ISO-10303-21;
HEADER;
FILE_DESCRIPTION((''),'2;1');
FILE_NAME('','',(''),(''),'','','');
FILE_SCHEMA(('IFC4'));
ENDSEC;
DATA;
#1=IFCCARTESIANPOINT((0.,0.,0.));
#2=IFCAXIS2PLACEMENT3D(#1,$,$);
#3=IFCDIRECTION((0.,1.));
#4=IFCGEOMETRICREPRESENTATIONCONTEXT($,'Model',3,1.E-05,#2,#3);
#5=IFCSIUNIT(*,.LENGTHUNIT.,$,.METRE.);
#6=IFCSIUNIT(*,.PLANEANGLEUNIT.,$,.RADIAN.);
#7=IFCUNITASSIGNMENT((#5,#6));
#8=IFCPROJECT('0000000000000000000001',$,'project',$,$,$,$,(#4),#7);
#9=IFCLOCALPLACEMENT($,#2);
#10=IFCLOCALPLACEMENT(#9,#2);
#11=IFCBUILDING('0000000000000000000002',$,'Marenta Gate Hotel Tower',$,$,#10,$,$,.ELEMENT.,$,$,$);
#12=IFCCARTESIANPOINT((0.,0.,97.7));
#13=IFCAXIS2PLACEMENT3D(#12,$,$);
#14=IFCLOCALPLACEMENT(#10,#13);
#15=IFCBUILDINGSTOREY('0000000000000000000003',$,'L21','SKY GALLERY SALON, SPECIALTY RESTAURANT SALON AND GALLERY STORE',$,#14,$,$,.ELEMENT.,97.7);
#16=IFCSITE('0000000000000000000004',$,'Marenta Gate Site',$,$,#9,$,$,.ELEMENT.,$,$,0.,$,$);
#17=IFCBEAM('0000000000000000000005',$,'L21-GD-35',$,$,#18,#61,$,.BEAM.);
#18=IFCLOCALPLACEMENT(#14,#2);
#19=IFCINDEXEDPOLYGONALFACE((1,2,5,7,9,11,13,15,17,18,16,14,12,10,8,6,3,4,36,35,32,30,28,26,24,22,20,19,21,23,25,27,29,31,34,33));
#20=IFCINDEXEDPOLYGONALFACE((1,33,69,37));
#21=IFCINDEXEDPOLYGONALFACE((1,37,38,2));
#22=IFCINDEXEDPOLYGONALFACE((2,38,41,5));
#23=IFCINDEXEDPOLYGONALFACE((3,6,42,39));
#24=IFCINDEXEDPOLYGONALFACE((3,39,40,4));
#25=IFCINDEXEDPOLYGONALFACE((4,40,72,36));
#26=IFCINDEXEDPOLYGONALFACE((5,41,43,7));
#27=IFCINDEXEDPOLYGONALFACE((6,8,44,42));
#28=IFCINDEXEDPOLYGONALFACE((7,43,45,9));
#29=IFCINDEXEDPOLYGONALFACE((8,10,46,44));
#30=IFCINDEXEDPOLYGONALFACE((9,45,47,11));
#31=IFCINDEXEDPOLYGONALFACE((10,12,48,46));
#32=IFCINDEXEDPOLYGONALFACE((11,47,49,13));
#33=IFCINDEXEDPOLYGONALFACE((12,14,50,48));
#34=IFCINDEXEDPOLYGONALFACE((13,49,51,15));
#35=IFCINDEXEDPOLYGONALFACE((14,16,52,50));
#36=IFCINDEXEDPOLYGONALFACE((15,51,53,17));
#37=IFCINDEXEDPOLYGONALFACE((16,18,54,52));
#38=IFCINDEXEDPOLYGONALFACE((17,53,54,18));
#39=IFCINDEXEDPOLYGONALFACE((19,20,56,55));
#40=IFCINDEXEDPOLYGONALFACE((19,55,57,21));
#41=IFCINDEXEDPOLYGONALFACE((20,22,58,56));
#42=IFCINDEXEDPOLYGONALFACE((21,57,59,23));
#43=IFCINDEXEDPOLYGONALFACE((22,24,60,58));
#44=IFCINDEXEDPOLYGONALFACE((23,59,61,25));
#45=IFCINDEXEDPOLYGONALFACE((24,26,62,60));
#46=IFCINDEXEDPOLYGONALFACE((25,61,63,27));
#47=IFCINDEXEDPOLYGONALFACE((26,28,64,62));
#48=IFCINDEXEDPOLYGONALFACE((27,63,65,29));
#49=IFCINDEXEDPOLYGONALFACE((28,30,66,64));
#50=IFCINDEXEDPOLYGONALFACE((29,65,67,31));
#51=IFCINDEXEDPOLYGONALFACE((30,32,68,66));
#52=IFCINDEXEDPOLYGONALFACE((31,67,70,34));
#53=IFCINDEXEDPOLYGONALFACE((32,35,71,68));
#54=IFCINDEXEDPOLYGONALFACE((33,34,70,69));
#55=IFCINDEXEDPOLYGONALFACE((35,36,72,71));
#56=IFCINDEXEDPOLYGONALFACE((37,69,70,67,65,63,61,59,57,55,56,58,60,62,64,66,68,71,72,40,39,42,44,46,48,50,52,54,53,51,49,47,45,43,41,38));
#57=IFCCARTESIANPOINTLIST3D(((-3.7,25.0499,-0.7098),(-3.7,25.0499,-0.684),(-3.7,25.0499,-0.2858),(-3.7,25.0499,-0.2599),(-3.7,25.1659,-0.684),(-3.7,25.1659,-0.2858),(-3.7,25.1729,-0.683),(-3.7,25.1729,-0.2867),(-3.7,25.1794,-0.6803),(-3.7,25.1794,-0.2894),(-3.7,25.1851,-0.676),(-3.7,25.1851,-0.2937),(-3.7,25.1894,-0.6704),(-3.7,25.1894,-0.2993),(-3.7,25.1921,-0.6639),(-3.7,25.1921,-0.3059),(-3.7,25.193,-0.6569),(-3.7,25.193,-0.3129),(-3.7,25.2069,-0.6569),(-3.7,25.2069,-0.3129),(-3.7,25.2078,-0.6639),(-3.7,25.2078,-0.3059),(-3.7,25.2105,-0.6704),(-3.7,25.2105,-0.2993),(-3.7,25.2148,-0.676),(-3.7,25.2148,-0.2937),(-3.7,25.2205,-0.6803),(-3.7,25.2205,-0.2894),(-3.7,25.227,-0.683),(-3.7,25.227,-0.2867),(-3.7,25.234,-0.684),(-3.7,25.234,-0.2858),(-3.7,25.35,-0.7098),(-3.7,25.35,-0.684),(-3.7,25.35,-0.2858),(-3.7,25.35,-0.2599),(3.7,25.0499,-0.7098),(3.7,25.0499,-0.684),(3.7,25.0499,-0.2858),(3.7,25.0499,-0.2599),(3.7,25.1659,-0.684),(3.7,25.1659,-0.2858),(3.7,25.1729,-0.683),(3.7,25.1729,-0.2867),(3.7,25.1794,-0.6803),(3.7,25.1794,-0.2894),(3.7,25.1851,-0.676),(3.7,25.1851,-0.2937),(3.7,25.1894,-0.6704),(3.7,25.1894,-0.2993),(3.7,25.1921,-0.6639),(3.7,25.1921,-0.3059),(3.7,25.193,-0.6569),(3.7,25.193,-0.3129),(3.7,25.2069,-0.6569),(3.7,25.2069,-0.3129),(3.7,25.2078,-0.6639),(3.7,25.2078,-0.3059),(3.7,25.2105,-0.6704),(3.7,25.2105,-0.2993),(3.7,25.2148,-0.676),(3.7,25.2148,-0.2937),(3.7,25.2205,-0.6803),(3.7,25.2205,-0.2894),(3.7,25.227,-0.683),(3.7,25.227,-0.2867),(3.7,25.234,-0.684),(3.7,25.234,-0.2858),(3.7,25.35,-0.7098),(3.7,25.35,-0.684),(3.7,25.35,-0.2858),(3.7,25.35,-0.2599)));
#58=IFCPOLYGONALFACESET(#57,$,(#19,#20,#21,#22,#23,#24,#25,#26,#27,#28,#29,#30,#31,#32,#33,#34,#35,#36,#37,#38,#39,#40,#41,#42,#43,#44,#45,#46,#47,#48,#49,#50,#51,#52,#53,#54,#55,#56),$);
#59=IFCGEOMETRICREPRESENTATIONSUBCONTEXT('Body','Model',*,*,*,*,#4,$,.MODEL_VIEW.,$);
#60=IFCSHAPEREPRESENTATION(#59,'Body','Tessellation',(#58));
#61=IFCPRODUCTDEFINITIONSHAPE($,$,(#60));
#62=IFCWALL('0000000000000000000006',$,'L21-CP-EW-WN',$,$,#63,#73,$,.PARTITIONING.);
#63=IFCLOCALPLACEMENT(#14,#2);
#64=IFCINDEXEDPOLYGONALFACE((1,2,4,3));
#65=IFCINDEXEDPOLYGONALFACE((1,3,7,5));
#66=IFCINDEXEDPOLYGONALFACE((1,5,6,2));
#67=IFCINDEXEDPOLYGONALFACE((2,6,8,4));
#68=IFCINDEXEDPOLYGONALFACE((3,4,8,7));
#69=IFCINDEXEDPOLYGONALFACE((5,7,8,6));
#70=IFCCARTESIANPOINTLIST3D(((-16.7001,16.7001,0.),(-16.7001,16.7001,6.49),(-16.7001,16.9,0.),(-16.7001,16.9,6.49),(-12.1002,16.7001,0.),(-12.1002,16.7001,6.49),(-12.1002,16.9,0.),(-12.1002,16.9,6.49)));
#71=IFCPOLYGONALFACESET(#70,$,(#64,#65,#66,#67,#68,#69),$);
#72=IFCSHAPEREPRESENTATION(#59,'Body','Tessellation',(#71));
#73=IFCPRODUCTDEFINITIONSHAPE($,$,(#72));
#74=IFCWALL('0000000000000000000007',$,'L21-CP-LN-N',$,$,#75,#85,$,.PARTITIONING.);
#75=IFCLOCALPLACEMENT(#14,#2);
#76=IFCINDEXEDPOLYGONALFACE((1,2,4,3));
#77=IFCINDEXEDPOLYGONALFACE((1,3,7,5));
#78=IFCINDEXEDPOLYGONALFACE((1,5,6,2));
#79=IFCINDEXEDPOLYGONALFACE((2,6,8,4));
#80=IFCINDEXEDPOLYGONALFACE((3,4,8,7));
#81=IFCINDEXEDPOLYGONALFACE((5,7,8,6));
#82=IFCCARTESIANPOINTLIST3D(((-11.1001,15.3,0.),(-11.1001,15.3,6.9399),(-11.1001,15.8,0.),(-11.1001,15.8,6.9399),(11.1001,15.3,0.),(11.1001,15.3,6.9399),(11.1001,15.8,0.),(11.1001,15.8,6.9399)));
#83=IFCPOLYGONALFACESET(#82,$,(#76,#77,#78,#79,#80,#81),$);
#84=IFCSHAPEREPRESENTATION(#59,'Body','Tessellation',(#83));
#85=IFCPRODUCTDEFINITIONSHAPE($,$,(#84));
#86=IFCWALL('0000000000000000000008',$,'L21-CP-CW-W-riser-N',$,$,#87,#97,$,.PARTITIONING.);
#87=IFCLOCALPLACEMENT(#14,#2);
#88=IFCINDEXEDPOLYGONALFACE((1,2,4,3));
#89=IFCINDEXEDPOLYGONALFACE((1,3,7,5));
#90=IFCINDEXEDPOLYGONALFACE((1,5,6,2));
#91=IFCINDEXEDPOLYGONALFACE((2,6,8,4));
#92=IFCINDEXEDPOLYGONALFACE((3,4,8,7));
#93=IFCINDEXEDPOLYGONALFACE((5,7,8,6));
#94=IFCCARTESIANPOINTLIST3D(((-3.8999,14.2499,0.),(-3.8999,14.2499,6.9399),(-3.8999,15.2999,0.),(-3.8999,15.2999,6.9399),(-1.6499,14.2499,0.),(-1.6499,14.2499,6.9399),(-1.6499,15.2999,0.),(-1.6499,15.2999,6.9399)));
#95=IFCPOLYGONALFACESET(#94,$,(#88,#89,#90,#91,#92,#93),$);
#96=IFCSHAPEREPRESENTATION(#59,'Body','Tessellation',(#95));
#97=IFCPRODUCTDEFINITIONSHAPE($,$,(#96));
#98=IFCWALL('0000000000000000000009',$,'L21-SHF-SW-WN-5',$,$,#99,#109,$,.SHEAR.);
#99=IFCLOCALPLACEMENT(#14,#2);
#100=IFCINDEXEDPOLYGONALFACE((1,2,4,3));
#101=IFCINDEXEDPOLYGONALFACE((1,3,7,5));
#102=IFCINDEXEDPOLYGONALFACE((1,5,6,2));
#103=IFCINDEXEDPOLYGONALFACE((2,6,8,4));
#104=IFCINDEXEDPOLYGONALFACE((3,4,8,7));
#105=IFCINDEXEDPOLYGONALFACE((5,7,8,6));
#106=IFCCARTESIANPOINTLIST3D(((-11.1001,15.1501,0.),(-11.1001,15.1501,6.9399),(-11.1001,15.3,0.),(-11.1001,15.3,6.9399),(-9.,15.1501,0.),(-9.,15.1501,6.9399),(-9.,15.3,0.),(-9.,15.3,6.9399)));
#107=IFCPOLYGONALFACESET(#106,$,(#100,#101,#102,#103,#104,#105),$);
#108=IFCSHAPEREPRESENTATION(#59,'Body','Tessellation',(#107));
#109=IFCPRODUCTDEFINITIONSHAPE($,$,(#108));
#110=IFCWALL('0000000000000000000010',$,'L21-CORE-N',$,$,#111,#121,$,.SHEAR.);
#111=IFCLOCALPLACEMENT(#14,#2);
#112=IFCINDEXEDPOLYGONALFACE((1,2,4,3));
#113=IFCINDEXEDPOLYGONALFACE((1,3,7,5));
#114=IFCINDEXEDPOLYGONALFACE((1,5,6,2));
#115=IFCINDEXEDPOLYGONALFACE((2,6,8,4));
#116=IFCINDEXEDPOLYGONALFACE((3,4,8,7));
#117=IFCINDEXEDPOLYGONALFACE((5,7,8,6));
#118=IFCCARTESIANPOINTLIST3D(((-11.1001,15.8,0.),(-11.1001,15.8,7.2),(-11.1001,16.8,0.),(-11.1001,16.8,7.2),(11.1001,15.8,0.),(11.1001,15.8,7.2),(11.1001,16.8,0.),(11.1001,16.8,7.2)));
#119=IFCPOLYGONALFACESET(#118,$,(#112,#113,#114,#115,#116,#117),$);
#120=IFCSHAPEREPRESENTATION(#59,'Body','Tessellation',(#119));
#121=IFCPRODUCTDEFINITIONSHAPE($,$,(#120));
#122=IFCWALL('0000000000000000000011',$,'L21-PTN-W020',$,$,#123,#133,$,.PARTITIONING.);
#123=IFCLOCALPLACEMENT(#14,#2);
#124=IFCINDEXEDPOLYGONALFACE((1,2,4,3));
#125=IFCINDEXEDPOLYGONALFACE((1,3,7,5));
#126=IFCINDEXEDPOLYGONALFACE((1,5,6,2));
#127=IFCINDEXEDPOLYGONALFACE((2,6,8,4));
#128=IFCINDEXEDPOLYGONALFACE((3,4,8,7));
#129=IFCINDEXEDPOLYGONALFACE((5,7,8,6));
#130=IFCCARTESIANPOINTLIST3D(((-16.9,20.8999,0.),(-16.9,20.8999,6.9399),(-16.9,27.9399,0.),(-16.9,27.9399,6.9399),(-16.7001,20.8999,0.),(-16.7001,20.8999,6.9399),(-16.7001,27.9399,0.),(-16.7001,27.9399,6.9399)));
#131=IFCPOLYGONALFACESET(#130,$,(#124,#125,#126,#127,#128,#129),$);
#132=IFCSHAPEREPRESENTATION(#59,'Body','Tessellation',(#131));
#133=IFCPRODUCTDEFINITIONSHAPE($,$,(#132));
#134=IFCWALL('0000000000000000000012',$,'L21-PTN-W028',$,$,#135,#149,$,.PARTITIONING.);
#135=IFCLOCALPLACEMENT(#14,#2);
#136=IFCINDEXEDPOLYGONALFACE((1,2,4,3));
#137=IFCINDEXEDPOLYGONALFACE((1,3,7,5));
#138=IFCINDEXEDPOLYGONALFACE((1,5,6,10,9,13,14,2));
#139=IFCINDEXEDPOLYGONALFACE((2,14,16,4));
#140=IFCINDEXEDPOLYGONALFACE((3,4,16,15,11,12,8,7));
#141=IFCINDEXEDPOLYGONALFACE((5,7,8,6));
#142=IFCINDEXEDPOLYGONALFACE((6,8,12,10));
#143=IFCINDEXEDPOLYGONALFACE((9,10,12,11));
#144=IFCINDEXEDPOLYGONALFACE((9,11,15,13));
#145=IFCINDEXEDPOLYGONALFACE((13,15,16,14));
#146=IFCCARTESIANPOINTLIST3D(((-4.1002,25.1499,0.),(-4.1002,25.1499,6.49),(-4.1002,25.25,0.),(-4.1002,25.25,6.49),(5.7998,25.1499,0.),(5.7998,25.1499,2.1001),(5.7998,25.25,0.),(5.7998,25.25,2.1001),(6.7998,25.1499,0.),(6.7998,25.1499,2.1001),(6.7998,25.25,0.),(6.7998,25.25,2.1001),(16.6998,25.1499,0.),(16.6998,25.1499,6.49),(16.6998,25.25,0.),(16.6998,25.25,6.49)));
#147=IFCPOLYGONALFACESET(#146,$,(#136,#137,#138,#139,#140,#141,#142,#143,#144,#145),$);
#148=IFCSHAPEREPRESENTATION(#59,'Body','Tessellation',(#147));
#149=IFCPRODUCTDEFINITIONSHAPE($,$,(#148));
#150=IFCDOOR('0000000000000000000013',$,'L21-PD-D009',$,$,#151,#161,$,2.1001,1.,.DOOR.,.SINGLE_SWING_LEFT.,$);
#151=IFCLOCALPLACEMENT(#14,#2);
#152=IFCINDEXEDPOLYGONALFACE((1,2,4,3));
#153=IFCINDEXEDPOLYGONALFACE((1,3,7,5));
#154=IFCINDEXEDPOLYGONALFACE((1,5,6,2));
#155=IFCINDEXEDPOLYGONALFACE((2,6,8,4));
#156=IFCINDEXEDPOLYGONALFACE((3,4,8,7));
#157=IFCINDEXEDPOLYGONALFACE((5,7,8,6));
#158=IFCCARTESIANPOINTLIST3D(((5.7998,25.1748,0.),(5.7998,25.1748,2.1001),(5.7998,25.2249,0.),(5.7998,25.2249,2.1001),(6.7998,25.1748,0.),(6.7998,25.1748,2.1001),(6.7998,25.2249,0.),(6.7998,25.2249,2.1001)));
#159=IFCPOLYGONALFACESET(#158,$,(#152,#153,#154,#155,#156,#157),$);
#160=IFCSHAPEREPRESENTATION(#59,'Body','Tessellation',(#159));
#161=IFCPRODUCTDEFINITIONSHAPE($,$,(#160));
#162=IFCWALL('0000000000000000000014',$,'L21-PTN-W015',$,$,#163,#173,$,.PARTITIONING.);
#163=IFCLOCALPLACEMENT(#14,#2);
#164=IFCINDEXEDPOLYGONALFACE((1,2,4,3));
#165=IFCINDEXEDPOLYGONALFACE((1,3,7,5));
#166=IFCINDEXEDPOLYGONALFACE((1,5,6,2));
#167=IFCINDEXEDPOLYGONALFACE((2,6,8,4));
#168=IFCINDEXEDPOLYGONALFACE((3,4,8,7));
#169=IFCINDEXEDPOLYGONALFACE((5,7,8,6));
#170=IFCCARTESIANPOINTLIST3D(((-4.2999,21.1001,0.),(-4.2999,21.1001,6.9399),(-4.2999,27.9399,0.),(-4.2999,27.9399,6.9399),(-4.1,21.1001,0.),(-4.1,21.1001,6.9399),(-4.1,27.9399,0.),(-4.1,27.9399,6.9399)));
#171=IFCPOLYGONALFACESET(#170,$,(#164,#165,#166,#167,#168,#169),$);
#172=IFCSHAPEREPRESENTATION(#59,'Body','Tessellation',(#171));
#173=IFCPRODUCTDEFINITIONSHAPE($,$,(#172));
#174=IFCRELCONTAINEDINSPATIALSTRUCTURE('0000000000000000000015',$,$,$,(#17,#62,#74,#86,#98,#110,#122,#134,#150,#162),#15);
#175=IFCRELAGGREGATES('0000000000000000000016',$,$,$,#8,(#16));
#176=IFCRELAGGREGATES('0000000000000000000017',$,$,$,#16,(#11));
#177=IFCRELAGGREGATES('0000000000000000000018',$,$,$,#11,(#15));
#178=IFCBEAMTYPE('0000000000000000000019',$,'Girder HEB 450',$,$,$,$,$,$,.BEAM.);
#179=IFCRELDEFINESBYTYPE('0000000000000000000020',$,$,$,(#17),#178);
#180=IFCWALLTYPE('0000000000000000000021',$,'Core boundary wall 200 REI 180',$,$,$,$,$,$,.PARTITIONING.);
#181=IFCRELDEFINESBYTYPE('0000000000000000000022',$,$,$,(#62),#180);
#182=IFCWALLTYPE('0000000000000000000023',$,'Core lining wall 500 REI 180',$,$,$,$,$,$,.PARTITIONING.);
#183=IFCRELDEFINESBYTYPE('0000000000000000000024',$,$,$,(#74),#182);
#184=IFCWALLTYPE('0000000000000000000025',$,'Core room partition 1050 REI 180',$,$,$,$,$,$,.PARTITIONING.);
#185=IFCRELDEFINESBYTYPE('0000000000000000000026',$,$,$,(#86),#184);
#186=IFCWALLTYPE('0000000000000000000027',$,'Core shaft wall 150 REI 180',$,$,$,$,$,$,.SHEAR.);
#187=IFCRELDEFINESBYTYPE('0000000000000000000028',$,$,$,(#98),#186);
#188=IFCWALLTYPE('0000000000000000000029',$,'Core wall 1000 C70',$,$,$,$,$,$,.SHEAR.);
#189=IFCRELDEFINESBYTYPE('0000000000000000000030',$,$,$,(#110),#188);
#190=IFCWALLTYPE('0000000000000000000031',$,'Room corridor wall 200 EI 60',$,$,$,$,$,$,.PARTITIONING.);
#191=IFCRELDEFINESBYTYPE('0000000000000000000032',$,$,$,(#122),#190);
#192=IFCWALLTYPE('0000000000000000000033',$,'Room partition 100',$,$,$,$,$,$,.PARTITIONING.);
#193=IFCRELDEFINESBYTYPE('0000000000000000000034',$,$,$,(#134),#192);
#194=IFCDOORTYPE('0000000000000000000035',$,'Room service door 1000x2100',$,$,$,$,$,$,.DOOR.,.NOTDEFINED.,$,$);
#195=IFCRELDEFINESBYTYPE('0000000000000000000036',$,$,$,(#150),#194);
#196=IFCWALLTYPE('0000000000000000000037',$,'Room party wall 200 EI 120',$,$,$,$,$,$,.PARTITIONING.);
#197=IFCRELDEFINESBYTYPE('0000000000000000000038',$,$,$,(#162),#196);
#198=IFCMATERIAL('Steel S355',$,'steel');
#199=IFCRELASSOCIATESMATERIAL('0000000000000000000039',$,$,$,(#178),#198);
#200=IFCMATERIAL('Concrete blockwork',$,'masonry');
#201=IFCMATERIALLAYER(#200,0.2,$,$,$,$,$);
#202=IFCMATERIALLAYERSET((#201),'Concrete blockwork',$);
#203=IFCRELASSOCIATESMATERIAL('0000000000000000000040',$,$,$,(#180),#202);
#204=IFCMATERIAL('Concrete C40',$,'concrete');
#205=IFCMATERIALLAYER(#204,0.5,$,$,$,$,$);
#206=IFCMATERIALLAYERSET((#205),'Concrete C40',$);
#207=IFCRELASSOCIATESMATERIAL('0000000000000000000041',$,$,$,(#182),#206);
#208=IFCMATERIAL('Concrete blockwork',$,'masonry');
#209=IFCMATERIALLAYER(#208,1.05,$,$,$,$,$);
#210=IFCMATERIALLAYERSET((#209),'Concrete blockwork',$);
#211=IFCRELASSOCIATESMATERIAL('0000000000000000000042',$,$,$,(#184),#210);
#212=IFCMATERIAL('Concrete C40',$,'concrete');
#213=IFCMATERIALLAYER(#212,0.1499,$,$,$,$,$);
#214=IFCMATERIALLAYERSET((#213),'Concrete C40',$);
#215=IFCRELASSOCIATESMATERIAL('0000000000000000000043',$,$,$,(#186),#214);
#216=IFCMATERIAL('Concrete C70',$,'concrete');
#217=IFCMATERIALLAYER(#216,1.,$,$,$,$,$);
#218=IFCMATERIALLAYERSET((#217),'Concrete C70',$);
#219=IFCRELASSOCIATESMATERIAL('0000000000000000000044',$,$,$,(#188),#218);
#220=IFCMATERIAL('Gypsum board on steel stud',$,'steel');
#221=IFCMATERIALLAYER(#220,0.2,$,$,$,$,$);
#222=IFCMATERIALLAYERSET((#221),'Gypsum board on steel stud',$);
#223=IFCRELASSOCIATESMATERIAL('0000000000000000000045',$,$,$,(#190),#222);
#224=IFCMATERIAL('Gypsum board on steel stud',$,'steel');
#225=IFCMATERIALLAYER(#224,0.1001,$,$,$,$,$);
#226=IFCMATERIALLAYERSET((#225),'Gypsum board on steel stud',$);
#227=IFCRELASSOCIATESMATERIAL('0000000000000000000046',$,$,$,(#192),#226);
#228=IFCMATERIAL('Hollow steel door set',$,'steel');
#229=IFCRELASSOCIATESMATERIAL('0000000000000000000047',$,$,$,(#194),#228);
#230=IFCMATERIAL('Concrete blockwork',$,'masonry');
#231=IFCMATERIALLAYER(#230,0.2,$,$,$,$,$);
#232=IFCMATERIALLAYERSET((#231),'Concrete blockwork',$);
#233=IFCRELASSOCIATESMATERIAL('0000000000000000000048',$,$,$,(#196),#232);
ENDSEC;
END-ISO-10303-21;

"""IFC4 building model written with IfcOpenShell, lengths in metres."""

from ifc_helpers import new_model, si_unit, direction, frame, frame_2d, origin, origin_2d, place, context, subcontext, project, spatial, rectangle, i_section, extrude, material, layer, layer_set, material_profile, profile_set, type_object, element, fill, save


model = new_model("IFC4")

# Units and contexts
model_context = context("Model", 3, precision=1e-05, world=origin(), true_north=direction((0.0, 1.0)))
body_context = subcontext(model_context, "Body", "Model", "MODEL_VIEW")
ifc_project = project(units=[si_unit("LENGTHUNIT", "METRE"), si_unit("PLANEANGLEUNIT", "RADIAN")], contexts=[model_context])

# Site, building, storey
site_placement = place(None, origin())
site = spatial("IfcSite", under=ifc_project, at=site_placement, Name="Marenta Gate Site", CompositionType="ELEMENT", RefElevation=0.0)
building_placement = place(site_placement, origin())
building = spatial("IfcBuilding", under=site, at=building_placement, Name="Marenta Gate Hotel Tower", CompositionType="ELEMENT")
storey_placement = place(building_placement, frame((0.0, 0.0, 97.7)))
storey = spatial("IfcBuildingStorey", under=building, at=storey_placement, Name="L21", Description="SKY GALLERY SALON, SPECIALTY RESTAURANT SALON AND GALLERY STORE", CompositionType="ELEMENT", Elevation=97.7)

# Beam
ifc_material_1 = material(Name="Steel S355", Category="steel")
ifc_material_profile_1 = material_profile(ifc_material_1, i_section(OverallWidth=0.3, OverallDepth=0.45, WebThickness=0.0139, FlangeThickness=0.0259, FilletRadius=0.0271, at=origin_2d()), Name="HEB 450")
ifc_profile_set_1 = profile_set([ifc_material_profile_1], Name="Steel S355")
beam_type_1 = type_object("IfcBeamType", Name="Girder HEB 450", PredefinedType="BEAM", material=ifc_profile_set_1)
beam_1_placement = place(storey_placement, frame((-3.7, 25.2, -0.4849), z_axis=(1.0, 0.0, 0.0), x_axis=(0.0, 1.0, 0.0)))
element("IfcBeam", 1, at=beam_1_placement, inside=storey, type_object=beam_type_1, Name="L21-GD-35", PredefinedType="BEAM", context=body_context, shape_type="SweptSolid", body=[
    extrude(i_section(OverallWidth=0.3, OverallDepth=0.45, WebThickness=0.0139, FlangeThickness=0.0259, FilletRadius=0.0271, at=origin_2d()), origin(), (0.0, 0.0, 1.0), 7.3999),
])

# Walls
ifc_material_2 = material(Name="Concrete blockwork", Category="masonry")
ifc_layer_1 = layer(ifc_material_2, 0.2)
ifc_layer_set_1 = layer_set([ifc_layer_1], Name="Concrete blockwork")
wall_type_1 = type_object("IfcWallType", Name="Core boundary wall 200 REI 180", PredefinedType="PARTITIONING", material=ifc_layer_set_1)
wall_1_placement = place(storey_placement, frame((-16.7, 16.8, 0.0), z_axis=(0.0, 0.0, 1.0), x_axis=(1.0, 0.0, 0.0)))
element("IfcWall", 2, at=wall_1_placement, inside=storey, type_object=wall_type_1, Name="L21-CP-EW-WN", PredefinedType="PARTITIONING", context=body_context, shape_type="SweptSolid", body=[
    extrude(rectangle(XDim=4.5999, YDim=0.2, at=frame_2d((2.2998, 0.0))), origin(), (0.0, 0.0, 1.0), 6.49),
])
ifc_material_3 = material(Name="Concrete C40", Category="concrete")
ifc_layer_2 = layer(ifc_material_3, 0.5)
ifc_layer_set_2 = layer_set([ifc_layer_2], Name="Concrete C40")
wall_type_2 = type_object("IfcWallType", Name="Core lining wall 500 REI 180", PredefinedType="PARTITIONING", material=ifc_layer_set_2)
wall_2_placement = place(storey_placement, frame((-11.1001, 15.55, 0.0), z_axis=(0.0, 0.0, 1.0), x_axis=(1.0, 0.0, 0.0)))
element("IfcWall", 3, at=wall_2_placement, inside=storey, type_object=wall_type_2, Name="L21-CP-LN-N", PredefinedType="PARTITIONING", context=body_context, shape_type="SweptSolid", body=[
    extrude(rectangle(XDim=22.2002, YDim=0.5, at=frame_2d((11.1001, 0.0))), origin(), (0.0, 0.0, 1.0), 6.9399),
])
ifc_material_4 = material(Name="Concrete blockwork", Category="masonry")
ifc_layer_3 = layer(ifc_material_4, 1.05)
ifc_layer_set_3 = layer_set([ifc_layer_3], Name="Concrete blockwork")
wall_type_3 = type_object("IfcWallType", Name="Core room partition 1050 REI 180", PredefinedType="PARTITIONING", material=ifc_layer_set_3)
wall_3_placement = place(storey_placement, frame((-3.8999, 14.7749, 0.0), z_axis=(0.0, 0.0, 1.0), x_axis=(1.0, 0.0, 0.0)))
element("IfcWall", 4, at=wall_3_placement, inside=storey, type_object=wall_type_3, Name="L21-CP-CW-W-riser-N", PredefinedType="PARTITIONING", context=body_context, shape_type="SweptSolid", body=[
    extrude(rectangle(XDim=2.25, YDim=1.05, at=frame_2d((1.125, 0.0))), origin(), (0.0, 0.0, 1.0), 6.9399),
])
ifc_material_5 = material(Name="Concrete C40", Category="concrete")
ifc_layer_4 = layer(ifc_material_5, 0.1499)
ifc_layer_set_4 = layer_set([ifc_layer_4], Name="Concrete C40")
wall_type_4 = type_object("IfcWallType", Name="Core shaft wall 150 REI 180", PredefinedType="SHEAR", material=ifc_layer_set_4)
wall_4_placement = place(storey_placement, frame((-11.1001, 15.2251, 0.0), z_axis=(0.0, 0.0, 1.0), x_axis=(1.0, 0.0, 0.0)))
element("IfcWall", 5, at=wall_4_placement, inside=storey, type_object=wall_type_4, Name="L21-SHF-SW-WN-5", PredefinedType="SHEAR", context=body_context, shape_type="SweptSolid", body=[
    extrude(rectangle(XDim=2.1001, YDim=0.1499, at=frame_2d((1.05, 0.0))), origin(), (0.0, 0.0, 1.0), 6.9399),
])
ifc_material_6 = material(Name="Concrete C70", Category="concrete")
ifc_layer_5 = layer(ifc_material_6, 1.0)
ifc_layer_set_5 = layer_set([ifc_layer_5], Name="Concrete C70")
wall_type_5 = type_object("IfcWallType", Name="Core wall 1000 C70", PredefinedType="SHEAR", material=ifc_layer_set_5)
wall_5_placement = place(storey_placement, frame((-11.1001, 16.3, 0.0), z_axis=(0.0, 0.0, 1.0), x_axis=(1.0, 0.0, 0.0)))
element("IfcWall", 6, at=wall_5_placement, inside=storey, type_object=wall_type_5, Name="L21-CORE-N", PredefinedType="SHEAR", context=body_context, shape_type="SweptSolid", body=[
    extrude(rectangle(XDim=22.2002, YDim=1.0, at=frame_2d((11.1001, 0.0))), origin(), (0.0, 0.0, 1.0), 7.2),
])
ifc_material_7 = material(Name="Gypsum board on steel stud", Category="steel")
ifc_layer_6 = layer(ifc_material_7, 0.2)
ifc_layer_set_6 = layer_set([ifc_layer_6], Name="Gypsum board on steel stud")
wall_type_6 = type_object("IfcWallType", Name="Room corridor wall 200 EI 60", PredefinedType="PARTITIONING", material=ifc_layer_set_6)
wall_6_placement = place(storey_placement, frame((-16.8, 20.8999, 0.0), z_axis=(0.0, 0.0, 1.0), x_axis=(0.0, 1.0, 0.0)))
element("IfcWall", 7, at=wall_6_placement, inside=storey, type_object=wall_type_6, Name="L21-PTN-W020", PredefinedType="PARTITIONING", context=body_context, shape_type="SweptSolid", body=[
    extrude(rectangle(XDim=7.04, YDim=0.2, at=frame_2d((3.52, 0.0))), origin(), (0.0, 0.0, 1.0), 6.9399),
])

# Wall, opening, door
ifc_material_8 = material(Name="Gypsum board on steel stud", Category="steel")
ifc_layer_7 = layer(ifc_material_8, 0.1001)
ifc_layer_set_7 = layer_set([ifc_layer_7], Name="Gypsum board on steel stud")
wall_type_7 = type_object("IfcWallType", Name="Room partition 100", PredefinedType="PARTITIONING", material=ifc_layer_set_7)
wall_7_placement = place(storey_placement, frame((-4.1001, 25.2, 0.0), z_axis=(0.0, 0.0, 1.0), x_axis=(1.0, 0.0, 0.0)))
wall_7 = element("IfcWall", 8, at=wall_7_placement, inside=storey, type_object=wall_type_7, Name="L21-PTN-W028", PredefinedType="PARTITIONING", context=body_context, shape_type="SweptSolid", body=[
    extrude(rectangle(XDim=20.8, YDim=0.1001, at=frame_2d((10.3999, 0.0))), origin(), (0.0, 0.0, 1.0), 6.49),
])
opening_1_placement = place(wall_7_placement, frame((9.8999, 0.0, 0.0)))
opening_1 = element("IfcOpeningElement", 9, at=opening_1_placement, cuts=wall_7, PredefinedType="OPENING", context=body_context, shape_type="SweptSolid", body=[
    extrude(rectangle(XDim=1.0, YDim=2.1001, at=frame_2d((0.5, 1.05))), frame((0.0, 0.05, 0.0), z_axis=(0.0, -1.0, 0.0), x_axis=(1.0, 0.0, 0.0)), (0.0, 0.0, 1.0), 0.1001),
])
ifc_material_9 = material(Name="Hollow steel door set", Category="steel")
door_type_1 = type_object("IfcDoorType", Name="Room service door 1000x2100", OperationType="NOTDEFINED", PredefinedType="DOOR", material=ifc_material_9)
door_1_placement = place(opening_1_placement, origin())
door_1 = element("IfcDoor", 10, at=door_1_placement, inside=storey, type_object=door_type_1, Name="L21-PD-D009", OperationType="SINGLE_SWING_LEFT", OverallHeight=2.1001, OverallWidth=1.0, PredefinedType="DOOR", context=body_context, shape_type="SweptSolid", body=[
    extrude(rectangle(XDim=1.0, YDim=2.1001, at=frame_2d((0.5, 1.05))), frame((0.0, 0.0249, 0.0), z_axis=(0.0, -1.0, 0.0), x_axis=(1.0, 0.0, 0.0)), (0.0, 0.0, 1.0), 0.05),
])
fill(opening_1, door_1)

# Wall
ifc_material_10 = material(Name="Concrete blockwork", Category="masonry")
ifc_layer_8 = layer(ifc_material_10, 0.2)
ifc_layer_set_8 = layer_set([ifc_layer_8], Name="Concrete blockwork")
wall_type_8 = type_object("IfcWallType", Name="Room party wall 200 EI 120", PredefinedType="PARTITIONING", material=ifc_layer_set_8)
wall_8_placement = place(storey_placement, frame((-4.2, 21.1001, 0.0), z_axis=(0.0, 0.0, 1.0), x_axis=(0.0, 1.0, 0.0)))
element("IfcWall", 11, at=wall_8_placement, inside=storey, type_object=wall_type_8, Name="L21-PTN-W015", PredefinedType="PARTITIONING", context=body_context, shape_type="SweptSolid", body=[
    extrude(rectangle(XDim=6.8398, YDim=0.2, at=frame_2d((3.4199, 0.0))), origin(), (0.0, 0.0, 1.0), 6.9399),
])

save(model, "model.ifc")
